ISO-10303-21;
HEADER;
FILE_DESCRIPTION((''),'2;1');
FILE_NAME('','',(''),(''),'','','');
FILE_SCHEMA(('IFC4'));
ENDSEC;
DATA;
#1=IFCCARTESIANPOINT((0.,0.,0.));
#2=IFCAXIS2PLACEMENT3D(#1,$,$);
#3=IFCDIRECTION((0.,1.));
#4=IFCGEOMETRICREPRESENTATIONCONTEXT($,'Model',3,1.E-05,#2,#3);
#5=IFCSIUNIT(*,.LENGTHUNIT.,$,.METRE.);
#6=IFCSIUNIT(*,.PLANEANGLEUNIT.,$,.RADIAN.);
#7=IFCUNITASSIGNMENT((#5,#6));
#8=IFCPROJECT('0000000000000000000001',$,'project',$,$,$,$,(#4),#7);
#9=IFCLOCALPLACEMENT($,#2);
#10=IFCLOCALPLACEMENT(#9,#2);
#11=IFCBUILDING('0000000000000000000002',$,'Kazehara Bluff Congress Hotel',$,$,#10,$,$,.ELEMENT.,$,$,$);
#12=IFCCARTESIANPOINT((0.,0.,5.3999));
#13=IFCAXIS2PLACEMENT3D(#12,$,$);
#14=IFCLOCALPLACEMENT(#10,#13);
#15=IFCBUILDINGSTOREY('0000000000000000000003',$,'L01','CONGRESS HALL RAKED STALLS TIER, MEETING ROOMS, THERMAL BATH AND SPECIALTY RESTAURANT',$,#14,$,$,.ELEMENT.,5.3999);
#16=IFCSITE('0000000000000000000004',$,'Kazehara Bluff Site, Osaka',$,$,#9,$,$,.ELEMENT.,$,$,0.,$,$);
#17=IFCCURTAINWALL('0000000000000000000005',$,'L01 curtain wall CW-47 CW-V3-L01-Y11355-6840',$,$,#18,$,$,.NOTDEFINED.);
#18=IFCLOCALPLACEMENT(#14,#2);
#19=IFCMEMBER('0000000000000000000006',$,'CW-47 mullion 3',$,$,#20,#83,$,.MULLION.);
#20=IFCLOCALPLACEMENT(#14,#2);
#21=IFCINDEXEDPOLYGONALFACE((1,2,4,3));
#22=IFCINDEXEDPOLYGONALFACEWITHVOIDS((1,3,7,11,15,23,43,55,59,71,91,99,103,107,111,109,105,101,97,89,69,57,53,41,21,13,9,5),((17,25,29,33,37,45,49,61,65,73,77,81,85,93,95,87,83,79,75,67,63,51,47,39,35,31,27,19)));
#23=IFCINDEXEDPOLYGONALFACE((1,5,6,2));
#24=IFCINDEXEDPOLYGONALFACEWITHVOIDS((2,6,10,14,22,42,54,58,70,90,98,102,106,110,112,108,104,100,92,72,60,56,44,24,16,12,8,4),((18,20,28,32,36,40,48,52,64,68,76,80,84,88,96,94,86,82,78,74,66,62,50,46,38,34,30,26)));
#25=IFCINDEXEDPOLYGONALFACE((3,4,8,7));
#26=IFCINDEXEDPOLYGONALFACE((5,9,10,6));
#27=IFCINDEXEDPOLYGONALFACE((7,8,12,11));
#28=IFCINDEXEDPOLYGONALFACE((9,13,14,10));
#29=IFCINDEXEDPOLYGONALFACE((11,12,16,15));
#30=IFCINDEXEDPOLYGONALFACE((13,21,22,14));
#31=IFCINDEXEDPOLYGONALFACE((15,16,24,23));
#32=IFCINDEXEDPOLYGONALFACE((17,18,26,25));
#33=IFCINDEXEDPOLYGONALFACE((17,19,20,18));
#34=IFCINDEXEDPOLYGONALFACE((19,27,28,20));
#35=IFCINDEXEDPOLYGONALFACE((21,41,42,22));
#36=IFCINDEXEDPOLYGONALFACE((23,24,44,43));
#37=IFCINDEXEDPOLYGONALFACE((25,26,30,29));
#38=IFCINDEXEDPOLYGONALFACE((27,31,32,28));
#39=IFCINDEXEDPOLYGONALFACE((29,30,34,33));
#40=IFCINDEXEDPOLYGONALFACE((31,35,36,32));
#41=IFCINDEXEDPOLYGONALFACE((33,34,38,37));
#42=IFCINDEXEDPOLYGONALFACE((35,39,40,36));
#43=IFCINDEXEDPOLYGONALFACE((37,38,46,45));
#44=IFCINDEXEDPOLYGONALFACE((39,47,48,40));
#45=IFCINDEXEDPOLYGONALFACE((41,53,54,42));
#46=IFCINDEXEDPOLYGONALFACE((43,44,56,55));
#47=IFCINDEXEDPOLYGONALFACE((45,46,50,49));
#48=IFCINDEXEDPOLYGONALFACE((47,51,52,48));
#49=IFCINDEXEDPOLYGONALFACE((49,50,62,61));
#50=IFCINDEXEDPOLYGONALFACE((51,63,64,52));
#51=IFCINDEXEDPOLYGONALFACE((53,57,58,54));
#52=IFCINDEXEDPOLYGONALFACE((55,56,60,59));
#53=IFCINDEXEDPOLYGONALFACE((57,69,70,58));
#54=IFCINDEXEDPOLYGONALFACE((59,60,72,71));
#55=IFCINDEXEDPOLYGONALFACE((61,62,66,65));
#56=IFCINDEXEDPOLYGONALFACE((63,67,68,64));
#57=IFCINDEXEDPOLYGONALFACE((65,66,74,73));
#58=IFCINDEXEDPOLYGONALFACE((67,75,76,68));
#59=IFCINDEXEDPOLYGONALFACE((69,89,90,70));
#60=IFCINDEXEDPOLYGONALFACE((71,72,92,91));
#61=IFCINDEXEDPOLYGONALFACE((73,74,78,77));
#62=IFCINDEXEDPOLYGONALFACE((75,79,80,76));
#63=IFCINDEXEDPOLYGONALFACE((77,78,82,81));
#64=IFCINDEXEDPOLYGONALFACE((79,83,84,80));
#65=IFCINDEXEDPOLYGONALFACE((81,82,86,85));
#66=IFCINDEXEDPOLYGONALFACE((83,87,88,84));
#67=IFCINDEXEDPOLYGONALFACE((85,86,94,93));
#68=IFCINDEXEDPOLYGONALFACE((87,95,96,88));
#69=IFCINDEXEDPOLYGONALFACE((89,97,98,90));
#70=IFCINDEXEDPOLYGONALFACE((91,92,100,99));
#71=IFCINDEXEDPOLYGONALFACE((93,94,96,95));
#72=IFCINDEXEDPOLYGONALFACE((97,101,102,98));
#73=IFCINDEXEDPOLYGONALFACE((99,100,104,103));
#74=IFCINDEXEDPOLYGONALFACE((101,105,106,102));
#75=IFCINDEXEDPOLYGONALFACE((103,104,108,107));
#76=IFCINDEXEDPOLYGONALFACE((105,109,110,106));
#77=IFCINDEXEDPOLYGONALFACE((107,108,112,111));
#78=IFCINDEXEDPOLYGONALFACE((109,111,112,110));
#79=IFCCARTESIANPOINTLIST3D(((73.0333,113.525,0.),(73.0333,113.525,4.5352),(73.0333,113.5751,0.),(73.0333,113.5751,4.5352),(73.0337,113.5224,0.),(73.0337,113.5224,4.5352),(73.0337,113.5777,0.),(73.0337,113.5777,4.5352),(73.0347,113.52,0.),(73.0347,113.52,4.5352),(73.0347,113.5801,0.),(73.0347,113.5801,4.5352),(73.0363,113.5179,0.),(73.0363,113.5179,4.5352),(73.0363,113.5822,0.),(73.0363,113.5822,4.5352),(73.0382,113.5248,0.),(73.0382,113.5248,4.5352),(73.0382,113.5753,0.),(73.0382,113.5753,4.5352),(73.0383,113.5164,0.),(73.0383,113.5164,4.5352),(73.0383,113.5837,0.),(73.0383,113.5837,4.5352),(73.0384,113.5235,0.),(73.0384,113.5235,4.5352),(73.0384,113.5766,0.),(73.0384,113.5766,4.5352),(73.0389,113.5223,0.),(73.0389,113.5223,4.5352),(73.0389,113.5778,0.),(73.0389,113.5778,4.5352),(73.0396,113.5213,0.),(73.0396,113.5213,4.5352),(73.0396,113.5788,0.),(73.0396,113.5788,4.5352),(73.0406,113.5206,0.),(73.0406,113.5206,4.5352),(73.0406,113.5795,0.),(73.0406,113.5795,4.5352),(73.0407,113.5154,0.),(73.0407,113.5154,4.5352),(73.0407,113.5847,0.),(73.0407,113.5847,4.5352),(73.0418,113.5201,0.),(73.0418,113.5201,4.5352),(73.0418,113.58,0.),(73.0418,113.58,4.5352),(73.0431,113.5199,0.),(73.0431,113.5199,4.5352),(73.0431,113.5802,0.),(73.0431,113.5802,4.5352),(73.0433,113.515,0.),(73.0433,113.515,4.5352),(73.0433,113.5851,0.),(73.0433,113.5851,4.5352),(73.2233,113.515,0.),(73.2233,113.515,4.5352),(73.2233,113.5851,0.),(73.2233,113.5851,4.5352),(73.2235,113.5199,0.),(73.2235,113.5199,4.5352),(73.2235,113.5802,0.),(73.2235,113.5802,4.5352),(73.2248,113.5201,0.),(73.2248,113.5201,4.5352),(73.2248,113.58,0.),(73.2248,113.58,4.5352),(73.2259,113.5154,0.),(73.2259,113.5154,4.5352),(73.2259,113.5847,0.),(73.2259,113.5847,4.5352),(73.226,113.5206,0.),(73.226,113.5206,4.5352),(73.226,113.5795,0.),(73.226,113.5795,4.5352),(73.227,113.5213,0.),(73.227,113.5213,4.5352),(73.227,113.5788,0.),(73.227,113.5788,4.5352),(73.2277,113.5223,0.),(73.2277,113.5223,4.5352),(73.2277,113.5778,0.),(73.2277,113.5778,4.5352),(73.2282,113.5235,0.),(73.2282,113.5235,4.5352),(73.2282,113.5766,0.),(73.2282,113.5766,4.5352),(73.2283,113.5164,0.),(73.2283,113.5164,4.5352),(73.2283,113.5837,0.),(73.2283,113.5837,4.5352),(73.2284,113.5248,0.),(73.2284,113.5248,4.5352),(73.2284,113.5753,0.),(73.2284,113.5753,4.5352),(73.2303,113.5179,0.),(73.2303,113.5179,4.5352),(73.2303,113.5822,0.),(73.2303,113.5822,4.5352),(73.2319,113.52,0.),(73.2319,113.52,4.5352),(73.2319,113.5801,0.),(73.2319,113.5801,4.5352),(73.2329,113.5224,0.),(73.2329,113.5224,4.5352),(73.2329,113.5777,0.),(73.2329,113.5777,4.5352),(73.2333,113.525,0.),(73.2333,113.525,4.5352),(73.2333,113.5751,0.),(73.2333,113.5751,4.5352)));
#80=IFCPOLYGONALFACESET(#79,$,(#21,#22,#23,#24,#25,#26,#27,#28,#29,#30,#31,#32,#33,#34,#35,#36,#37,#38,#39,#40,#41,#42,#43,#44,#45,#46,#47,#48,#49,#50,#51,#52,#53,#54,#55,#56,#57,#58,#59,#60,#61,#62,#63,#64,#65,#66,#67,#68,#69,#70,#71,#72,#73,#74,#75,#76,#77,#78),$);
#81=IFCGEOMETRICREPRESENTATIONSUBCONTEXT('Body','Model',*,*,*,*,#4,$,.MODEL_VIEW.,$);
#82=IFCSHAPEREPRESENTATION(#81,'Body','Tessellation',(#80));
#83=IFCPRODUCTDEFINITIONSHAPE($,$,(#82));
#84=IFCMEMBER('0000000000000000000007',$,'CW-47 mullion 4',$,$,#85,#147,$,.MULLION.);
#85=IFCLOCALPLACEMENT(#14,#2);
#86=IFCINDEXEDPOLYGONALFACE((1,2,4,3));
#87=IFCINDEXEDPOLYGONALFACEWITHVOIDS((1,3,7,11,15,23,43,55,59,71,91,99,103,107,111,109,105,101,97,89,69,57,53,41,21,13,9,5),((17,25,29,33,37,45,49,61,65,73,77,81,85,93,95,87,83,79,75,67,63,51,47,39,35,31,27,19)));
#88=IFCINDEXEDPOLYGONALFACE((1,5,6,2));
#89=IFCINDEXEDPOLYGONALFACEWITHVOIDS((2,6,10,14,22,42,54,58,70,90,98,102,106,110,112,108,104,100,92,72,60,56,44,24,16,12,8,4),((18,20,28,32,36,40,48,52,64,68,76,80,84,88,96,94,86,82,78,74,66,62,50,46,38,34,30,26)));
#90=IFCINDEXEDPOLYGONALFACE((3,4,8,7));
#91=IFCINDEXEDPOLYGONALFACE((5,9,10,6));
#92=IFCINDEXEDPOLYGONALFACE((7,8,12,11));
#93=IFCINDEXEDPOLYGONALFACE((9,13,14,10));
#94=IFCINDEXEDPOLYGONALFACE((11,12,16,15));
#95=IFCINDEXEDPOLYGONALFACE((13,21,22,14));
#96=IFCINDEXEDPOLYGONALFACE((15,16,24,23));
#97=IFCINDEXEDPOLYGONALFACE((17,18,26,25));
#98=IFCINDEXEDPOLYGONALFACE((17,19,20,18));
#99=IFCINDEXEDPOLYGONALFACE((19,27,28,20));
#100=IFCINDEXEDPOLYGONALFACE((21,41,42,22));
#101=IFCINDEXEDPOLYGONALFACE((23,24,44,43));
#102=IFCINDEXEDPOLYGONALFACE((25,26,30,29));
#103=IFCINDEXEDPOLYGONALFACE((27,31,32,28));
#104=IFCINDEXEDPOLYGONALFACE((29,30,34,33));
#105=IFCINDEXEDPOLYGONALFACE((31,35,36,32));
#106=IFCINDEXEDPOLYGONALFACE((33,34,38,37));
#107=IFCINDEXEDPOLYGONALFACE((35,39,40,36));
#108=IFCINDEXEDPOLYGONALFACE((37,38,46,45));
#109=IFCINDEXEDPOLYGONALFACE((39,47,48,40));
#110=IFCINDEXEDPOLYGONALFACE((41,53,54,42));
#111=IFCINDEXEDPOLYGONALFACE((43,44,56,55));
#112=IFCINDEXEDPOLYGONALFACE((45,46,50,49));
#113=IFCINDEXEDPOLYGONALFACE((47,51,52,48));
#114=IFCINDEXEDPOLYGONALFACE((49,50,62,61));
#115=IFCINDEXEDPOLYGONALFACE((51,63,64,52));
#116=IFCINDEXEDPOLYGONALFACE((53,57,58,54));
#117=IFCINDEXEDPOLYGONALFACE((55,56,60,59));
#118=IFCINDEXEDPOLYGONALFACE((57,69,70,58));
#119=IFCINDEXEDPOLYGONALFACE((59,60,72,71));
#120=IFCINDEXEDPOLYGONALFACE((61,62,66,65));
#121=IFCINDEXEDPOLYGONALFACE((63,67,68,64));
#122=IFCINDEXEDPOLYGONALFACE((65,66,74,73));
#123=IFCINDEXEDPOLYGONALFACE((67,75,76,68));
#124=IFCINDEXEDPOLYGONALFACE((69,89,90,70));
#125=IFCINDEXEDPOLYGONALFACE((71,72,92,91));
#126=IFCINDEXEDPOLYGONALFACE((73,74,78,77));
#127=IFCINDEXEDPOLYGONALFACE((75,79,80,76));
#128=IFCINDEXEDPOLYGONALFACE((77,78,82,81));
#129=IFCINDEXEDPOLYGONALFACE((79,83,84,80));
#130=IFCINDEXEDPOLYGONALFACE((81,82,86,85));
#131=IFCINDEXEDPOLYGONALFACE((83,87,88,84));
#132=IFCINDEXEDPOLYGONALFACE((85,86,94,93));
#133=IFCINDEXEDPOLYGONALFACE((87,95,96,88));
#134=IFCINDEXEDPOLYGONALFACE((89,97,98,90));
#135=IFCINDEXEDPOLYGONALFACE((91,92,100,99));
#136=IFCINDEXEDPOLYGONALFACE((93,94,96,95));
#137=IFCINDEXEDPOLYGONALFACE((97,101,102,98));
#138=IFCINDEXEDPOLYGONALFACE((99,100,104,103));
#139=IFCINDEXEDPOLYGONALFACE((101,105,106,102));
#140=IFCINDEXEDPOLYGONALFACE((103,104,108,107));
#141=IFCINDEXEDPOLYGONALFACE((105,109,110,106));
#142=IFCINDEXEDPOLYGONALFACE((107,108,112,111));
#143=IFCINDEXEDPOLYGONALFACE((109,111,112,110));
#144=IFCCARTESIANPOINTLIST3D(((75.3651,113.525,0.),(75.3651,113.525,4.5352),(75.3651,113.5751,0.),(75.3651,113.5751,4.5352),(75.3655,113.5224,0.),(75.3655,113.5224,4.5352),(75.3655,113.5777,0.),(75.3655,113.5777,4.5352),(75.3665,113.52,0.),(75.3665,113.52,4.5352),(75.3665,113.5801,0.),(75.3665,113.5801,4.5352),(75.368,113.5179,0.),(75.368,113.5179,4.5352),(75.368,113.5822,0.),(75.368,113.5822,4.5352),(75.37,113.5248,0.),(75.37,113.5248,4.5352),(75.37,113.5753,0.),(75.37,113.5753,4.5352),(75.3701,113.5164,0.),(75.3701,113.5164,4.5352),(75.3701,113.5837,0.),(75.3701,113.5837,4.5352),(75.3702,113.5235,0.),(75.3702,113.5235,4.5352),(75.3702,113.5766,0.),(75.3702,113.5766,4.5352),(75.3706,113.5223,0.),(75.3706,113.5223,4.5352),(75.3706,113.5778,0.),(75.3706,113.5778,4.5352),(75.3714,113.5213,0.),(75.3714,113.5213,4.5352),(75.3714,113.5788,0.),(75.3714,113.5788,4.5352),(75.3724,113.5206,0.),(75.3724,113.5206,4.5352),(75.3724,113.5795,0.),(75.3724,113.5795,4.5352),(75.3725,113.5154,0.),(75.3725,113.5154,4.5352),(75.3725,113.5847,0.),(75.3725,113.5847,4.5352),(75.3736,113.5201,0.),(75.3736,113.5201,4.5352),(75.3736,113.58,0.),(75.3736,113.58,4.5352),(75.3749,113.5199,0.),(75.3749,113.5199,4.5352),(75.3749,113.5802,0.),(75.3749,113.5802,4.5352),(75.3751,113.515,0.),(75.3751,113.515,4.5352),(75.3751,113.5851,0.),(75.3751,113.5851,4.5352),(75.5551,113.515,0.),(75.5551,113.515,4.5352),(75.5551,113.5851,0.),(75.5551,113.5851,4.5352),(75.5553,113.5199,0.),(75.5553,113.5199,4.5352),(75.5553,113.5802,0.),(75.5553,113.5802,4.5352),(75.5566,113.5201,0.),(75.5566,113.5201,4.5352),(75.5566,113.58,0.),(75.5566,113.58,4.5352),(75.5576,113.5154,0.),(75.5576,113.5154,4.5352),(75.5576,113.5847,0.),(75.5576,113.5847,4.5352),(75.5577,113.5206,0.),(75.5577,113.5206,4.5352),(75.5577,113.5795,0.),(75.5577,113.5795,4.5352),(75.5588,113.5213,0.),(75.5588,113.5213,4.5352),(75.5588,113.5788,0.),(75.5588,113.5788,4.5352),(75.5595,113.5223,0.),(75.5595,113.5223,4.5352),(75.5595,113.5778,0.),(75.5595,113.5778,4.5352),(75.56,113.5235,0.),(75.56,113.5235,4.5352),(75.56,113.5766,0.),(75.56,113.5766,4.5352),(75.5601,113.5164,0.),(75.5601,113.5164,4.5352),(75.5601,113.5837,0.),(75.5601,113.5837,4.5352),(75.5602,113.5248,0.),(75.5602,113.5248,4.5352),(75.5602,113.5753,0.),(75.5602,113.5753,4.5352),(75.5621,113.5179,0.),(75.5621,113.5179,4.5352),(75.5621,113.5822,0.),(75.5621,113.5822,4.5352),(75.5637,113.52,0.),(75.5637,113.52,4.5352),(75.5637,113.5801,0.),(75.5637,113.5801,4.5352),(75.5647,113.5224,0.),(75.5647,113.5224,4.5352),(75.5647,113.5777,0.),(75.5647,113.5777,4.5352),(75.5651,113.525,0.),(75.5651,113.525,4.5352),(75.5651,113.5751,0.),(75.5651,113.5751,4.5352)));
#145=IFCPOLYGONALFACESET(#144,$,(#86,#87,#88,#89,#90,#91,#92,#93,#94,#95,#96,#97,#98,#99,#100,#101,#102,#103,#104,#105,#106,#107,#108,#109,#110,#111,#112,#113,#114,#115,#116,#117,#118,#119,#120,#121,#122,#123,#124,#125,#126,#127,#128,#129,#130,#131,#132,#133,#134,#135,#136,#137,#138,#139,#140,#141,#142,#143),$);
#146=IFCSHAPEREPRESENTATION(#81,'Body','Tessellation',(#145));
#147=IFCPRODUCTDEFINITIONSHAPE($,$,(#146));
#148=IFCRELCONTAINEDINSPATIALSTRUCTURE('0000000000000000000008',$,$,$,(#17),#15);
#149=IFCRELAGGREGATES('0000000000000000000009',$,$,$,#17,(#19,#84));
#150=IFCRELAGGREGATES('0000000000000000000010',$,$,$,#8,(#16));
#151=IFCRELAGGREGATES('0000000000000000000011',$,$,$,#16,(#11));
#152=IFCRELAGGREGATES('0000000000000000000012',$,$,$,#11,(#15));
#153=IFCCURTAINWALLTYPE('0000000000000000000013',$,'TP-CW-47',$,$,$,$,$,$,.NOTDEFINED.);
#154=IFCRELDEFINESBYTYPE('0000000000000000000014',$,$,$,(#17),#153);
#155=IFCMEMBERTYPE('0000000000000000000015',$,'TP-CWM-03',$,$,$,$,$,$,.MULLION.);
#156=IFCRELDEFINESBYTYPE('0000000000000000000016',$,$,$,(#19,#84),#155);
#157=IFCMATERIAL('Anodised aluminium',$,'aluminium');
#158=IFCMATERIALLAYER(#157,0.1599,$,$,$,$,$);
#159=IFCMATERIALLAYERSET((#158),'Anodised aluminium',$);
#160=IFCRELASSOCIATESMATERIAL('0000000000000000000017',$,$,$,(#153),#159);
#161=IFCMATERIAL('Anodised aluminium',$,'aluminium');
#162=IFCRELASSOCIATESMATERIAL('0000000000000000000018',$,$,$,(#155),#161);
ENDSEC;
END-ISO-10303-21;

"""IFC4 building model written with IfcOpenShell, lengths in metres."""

from ifc_helpers import new_model, si_unit, direction, frame, origin, origin_2d, place, context, subcontext, project, spatial, hollow_rectangle, extrude, material, layer, layer_set, material_profile, profile_set, type_object, element, aggregate, save


model = new_model("IFC4")

# Units and contexts
model_context = context("Model", 3, precision=1e-05, world=origin(), true_north=direction((0.0, 1.0)))
body_context = subcontext(model_context, "Body", "Model", "MODEL_VIEW")
ifc_project = project(units=[si_unit("LENGTHUNIT", "METRE"), si_unit("PLANEANGLEUNIT", "RADIAN")], contexts=[model_context])

# Site, building, storey
site_placement = place(None, origin())
site = spatial("IfcSite", under=ifc_project, at=site_placement, Name="Kazehara Bluff Site, Osaka", CompositionType="ELEMENT", RefElevation=0.0)
building_placement = place(site_placement, origin())
building = spatial("IfcBuilding", under=site, at=building_placement, Name="Kazehara Bluff Congress Hotel", CompositionType="ELEMENT")
storey_placement = place(building_placement, frame((0.0, 0.0, 5.3999)))
storey = spatial("IfcBuildingStorey", under=building, at=storey_placement, Name="L01", Description="CONGRESS HALL RAKED STALLS TIER, MEETING ROOMS, THERMAL BATH AND SPECIALTY RESTAURANT", CompositionType="ELEMENT", Elevation=5.3999)

# Curtain wall, members
ifc_material_1 = material(Name="Anodised aluminium", Category="aluminium")
ifc_layer_1 = layer(ifc_material_1, 0.1599)
ifc_layer_set_1 = layer_set([ifc_layer_1], Name="Anodised aluminium")
curtain_wall_type_1 = type_object("IfcCurtainWallType", Name="TP-CW-47", PredefinedType="NOTDEFINED", material=ifc_layer_set_1)
curtain_wall_1_placement = place(storey_placement, origin())
curtain_wall_1 = element("IfcCurtainWall", 1, at=curtain_wall_1_placement, inside=storey, type_object=curtain_wall_type_1, Name="L01 curtain wall CW-47 CW-V3-L01-Y11355-6840", PredefinedType="NOTDEFINED")
ifc_material_2 = material(Name="Anodised aluminium", Category="aluminium")
ifc_material_profile_1 = material_profile(ifc_material_2, hollow_rectangle(XDim=0.0701, YDim=0.2, WallThickness=0.0049, InnerFilletRadius=0.0049, OuterFilletRadius=0.01, at=origin_2d()))
ifc_profile_set_1 = profile_set([ifc_material_profile_1], Name="Anodised aluminium")
member_type_1 = type_object("IfcMemberType", Name="TP-CWM-03", PredefinedType="MULLION", material=ifc_profile_set_1)
member_1_placement = place(storey_placement, frame((73.1333, 113.55, 0.0), z_axis=(0.0, 0.0, 1.0), x_axis=(0.0, 1.0, 0.0)))
member_1 = element("IfcMember", 2, at=member_1_placement, type_object=member_type_1, Name="CW-47 mullion 3", PredefinedType="MULLION", context=body_context, shape_type="SweptSolid", body=[
    extrude(hollow_rectangle(XDim=0.0701, YDim=0.2, WallThickness=0.0049, InnerFilletRadius=0.0049, OuterFilletRadius=0.01, at=origin_2d()), origin(), (0.0, 0.0, 1.0), 4.5352),
])
member_2_placement = place(storey_placement, frame((75.4651, 113.55, 0.0), z_axis=(0.0, 0.0, 1.0), x_axis=(0.0, 1.0, 0.0)))
member_2 = element("IfcMember", 3, at=member_2_placement, type_object=member_type_1, Name="CW-47 mullion 4", PredefinedType="MULLION", context=body_context, shape_type="SweptSolid", body=[
    extrude(hollow_rectangle(XDim=0.0701, YDim=0.2, WallThickness=0.0049, InnerFilletRadius=0.0049, OuterFilletRadius=0.01, at=origin_2d()), origin(), (0.0, 0.0, 1.0), 4.5352),
])

aggregate(curtain_wall_1, [member_1, member_2])

save(model, "model.ifc")
